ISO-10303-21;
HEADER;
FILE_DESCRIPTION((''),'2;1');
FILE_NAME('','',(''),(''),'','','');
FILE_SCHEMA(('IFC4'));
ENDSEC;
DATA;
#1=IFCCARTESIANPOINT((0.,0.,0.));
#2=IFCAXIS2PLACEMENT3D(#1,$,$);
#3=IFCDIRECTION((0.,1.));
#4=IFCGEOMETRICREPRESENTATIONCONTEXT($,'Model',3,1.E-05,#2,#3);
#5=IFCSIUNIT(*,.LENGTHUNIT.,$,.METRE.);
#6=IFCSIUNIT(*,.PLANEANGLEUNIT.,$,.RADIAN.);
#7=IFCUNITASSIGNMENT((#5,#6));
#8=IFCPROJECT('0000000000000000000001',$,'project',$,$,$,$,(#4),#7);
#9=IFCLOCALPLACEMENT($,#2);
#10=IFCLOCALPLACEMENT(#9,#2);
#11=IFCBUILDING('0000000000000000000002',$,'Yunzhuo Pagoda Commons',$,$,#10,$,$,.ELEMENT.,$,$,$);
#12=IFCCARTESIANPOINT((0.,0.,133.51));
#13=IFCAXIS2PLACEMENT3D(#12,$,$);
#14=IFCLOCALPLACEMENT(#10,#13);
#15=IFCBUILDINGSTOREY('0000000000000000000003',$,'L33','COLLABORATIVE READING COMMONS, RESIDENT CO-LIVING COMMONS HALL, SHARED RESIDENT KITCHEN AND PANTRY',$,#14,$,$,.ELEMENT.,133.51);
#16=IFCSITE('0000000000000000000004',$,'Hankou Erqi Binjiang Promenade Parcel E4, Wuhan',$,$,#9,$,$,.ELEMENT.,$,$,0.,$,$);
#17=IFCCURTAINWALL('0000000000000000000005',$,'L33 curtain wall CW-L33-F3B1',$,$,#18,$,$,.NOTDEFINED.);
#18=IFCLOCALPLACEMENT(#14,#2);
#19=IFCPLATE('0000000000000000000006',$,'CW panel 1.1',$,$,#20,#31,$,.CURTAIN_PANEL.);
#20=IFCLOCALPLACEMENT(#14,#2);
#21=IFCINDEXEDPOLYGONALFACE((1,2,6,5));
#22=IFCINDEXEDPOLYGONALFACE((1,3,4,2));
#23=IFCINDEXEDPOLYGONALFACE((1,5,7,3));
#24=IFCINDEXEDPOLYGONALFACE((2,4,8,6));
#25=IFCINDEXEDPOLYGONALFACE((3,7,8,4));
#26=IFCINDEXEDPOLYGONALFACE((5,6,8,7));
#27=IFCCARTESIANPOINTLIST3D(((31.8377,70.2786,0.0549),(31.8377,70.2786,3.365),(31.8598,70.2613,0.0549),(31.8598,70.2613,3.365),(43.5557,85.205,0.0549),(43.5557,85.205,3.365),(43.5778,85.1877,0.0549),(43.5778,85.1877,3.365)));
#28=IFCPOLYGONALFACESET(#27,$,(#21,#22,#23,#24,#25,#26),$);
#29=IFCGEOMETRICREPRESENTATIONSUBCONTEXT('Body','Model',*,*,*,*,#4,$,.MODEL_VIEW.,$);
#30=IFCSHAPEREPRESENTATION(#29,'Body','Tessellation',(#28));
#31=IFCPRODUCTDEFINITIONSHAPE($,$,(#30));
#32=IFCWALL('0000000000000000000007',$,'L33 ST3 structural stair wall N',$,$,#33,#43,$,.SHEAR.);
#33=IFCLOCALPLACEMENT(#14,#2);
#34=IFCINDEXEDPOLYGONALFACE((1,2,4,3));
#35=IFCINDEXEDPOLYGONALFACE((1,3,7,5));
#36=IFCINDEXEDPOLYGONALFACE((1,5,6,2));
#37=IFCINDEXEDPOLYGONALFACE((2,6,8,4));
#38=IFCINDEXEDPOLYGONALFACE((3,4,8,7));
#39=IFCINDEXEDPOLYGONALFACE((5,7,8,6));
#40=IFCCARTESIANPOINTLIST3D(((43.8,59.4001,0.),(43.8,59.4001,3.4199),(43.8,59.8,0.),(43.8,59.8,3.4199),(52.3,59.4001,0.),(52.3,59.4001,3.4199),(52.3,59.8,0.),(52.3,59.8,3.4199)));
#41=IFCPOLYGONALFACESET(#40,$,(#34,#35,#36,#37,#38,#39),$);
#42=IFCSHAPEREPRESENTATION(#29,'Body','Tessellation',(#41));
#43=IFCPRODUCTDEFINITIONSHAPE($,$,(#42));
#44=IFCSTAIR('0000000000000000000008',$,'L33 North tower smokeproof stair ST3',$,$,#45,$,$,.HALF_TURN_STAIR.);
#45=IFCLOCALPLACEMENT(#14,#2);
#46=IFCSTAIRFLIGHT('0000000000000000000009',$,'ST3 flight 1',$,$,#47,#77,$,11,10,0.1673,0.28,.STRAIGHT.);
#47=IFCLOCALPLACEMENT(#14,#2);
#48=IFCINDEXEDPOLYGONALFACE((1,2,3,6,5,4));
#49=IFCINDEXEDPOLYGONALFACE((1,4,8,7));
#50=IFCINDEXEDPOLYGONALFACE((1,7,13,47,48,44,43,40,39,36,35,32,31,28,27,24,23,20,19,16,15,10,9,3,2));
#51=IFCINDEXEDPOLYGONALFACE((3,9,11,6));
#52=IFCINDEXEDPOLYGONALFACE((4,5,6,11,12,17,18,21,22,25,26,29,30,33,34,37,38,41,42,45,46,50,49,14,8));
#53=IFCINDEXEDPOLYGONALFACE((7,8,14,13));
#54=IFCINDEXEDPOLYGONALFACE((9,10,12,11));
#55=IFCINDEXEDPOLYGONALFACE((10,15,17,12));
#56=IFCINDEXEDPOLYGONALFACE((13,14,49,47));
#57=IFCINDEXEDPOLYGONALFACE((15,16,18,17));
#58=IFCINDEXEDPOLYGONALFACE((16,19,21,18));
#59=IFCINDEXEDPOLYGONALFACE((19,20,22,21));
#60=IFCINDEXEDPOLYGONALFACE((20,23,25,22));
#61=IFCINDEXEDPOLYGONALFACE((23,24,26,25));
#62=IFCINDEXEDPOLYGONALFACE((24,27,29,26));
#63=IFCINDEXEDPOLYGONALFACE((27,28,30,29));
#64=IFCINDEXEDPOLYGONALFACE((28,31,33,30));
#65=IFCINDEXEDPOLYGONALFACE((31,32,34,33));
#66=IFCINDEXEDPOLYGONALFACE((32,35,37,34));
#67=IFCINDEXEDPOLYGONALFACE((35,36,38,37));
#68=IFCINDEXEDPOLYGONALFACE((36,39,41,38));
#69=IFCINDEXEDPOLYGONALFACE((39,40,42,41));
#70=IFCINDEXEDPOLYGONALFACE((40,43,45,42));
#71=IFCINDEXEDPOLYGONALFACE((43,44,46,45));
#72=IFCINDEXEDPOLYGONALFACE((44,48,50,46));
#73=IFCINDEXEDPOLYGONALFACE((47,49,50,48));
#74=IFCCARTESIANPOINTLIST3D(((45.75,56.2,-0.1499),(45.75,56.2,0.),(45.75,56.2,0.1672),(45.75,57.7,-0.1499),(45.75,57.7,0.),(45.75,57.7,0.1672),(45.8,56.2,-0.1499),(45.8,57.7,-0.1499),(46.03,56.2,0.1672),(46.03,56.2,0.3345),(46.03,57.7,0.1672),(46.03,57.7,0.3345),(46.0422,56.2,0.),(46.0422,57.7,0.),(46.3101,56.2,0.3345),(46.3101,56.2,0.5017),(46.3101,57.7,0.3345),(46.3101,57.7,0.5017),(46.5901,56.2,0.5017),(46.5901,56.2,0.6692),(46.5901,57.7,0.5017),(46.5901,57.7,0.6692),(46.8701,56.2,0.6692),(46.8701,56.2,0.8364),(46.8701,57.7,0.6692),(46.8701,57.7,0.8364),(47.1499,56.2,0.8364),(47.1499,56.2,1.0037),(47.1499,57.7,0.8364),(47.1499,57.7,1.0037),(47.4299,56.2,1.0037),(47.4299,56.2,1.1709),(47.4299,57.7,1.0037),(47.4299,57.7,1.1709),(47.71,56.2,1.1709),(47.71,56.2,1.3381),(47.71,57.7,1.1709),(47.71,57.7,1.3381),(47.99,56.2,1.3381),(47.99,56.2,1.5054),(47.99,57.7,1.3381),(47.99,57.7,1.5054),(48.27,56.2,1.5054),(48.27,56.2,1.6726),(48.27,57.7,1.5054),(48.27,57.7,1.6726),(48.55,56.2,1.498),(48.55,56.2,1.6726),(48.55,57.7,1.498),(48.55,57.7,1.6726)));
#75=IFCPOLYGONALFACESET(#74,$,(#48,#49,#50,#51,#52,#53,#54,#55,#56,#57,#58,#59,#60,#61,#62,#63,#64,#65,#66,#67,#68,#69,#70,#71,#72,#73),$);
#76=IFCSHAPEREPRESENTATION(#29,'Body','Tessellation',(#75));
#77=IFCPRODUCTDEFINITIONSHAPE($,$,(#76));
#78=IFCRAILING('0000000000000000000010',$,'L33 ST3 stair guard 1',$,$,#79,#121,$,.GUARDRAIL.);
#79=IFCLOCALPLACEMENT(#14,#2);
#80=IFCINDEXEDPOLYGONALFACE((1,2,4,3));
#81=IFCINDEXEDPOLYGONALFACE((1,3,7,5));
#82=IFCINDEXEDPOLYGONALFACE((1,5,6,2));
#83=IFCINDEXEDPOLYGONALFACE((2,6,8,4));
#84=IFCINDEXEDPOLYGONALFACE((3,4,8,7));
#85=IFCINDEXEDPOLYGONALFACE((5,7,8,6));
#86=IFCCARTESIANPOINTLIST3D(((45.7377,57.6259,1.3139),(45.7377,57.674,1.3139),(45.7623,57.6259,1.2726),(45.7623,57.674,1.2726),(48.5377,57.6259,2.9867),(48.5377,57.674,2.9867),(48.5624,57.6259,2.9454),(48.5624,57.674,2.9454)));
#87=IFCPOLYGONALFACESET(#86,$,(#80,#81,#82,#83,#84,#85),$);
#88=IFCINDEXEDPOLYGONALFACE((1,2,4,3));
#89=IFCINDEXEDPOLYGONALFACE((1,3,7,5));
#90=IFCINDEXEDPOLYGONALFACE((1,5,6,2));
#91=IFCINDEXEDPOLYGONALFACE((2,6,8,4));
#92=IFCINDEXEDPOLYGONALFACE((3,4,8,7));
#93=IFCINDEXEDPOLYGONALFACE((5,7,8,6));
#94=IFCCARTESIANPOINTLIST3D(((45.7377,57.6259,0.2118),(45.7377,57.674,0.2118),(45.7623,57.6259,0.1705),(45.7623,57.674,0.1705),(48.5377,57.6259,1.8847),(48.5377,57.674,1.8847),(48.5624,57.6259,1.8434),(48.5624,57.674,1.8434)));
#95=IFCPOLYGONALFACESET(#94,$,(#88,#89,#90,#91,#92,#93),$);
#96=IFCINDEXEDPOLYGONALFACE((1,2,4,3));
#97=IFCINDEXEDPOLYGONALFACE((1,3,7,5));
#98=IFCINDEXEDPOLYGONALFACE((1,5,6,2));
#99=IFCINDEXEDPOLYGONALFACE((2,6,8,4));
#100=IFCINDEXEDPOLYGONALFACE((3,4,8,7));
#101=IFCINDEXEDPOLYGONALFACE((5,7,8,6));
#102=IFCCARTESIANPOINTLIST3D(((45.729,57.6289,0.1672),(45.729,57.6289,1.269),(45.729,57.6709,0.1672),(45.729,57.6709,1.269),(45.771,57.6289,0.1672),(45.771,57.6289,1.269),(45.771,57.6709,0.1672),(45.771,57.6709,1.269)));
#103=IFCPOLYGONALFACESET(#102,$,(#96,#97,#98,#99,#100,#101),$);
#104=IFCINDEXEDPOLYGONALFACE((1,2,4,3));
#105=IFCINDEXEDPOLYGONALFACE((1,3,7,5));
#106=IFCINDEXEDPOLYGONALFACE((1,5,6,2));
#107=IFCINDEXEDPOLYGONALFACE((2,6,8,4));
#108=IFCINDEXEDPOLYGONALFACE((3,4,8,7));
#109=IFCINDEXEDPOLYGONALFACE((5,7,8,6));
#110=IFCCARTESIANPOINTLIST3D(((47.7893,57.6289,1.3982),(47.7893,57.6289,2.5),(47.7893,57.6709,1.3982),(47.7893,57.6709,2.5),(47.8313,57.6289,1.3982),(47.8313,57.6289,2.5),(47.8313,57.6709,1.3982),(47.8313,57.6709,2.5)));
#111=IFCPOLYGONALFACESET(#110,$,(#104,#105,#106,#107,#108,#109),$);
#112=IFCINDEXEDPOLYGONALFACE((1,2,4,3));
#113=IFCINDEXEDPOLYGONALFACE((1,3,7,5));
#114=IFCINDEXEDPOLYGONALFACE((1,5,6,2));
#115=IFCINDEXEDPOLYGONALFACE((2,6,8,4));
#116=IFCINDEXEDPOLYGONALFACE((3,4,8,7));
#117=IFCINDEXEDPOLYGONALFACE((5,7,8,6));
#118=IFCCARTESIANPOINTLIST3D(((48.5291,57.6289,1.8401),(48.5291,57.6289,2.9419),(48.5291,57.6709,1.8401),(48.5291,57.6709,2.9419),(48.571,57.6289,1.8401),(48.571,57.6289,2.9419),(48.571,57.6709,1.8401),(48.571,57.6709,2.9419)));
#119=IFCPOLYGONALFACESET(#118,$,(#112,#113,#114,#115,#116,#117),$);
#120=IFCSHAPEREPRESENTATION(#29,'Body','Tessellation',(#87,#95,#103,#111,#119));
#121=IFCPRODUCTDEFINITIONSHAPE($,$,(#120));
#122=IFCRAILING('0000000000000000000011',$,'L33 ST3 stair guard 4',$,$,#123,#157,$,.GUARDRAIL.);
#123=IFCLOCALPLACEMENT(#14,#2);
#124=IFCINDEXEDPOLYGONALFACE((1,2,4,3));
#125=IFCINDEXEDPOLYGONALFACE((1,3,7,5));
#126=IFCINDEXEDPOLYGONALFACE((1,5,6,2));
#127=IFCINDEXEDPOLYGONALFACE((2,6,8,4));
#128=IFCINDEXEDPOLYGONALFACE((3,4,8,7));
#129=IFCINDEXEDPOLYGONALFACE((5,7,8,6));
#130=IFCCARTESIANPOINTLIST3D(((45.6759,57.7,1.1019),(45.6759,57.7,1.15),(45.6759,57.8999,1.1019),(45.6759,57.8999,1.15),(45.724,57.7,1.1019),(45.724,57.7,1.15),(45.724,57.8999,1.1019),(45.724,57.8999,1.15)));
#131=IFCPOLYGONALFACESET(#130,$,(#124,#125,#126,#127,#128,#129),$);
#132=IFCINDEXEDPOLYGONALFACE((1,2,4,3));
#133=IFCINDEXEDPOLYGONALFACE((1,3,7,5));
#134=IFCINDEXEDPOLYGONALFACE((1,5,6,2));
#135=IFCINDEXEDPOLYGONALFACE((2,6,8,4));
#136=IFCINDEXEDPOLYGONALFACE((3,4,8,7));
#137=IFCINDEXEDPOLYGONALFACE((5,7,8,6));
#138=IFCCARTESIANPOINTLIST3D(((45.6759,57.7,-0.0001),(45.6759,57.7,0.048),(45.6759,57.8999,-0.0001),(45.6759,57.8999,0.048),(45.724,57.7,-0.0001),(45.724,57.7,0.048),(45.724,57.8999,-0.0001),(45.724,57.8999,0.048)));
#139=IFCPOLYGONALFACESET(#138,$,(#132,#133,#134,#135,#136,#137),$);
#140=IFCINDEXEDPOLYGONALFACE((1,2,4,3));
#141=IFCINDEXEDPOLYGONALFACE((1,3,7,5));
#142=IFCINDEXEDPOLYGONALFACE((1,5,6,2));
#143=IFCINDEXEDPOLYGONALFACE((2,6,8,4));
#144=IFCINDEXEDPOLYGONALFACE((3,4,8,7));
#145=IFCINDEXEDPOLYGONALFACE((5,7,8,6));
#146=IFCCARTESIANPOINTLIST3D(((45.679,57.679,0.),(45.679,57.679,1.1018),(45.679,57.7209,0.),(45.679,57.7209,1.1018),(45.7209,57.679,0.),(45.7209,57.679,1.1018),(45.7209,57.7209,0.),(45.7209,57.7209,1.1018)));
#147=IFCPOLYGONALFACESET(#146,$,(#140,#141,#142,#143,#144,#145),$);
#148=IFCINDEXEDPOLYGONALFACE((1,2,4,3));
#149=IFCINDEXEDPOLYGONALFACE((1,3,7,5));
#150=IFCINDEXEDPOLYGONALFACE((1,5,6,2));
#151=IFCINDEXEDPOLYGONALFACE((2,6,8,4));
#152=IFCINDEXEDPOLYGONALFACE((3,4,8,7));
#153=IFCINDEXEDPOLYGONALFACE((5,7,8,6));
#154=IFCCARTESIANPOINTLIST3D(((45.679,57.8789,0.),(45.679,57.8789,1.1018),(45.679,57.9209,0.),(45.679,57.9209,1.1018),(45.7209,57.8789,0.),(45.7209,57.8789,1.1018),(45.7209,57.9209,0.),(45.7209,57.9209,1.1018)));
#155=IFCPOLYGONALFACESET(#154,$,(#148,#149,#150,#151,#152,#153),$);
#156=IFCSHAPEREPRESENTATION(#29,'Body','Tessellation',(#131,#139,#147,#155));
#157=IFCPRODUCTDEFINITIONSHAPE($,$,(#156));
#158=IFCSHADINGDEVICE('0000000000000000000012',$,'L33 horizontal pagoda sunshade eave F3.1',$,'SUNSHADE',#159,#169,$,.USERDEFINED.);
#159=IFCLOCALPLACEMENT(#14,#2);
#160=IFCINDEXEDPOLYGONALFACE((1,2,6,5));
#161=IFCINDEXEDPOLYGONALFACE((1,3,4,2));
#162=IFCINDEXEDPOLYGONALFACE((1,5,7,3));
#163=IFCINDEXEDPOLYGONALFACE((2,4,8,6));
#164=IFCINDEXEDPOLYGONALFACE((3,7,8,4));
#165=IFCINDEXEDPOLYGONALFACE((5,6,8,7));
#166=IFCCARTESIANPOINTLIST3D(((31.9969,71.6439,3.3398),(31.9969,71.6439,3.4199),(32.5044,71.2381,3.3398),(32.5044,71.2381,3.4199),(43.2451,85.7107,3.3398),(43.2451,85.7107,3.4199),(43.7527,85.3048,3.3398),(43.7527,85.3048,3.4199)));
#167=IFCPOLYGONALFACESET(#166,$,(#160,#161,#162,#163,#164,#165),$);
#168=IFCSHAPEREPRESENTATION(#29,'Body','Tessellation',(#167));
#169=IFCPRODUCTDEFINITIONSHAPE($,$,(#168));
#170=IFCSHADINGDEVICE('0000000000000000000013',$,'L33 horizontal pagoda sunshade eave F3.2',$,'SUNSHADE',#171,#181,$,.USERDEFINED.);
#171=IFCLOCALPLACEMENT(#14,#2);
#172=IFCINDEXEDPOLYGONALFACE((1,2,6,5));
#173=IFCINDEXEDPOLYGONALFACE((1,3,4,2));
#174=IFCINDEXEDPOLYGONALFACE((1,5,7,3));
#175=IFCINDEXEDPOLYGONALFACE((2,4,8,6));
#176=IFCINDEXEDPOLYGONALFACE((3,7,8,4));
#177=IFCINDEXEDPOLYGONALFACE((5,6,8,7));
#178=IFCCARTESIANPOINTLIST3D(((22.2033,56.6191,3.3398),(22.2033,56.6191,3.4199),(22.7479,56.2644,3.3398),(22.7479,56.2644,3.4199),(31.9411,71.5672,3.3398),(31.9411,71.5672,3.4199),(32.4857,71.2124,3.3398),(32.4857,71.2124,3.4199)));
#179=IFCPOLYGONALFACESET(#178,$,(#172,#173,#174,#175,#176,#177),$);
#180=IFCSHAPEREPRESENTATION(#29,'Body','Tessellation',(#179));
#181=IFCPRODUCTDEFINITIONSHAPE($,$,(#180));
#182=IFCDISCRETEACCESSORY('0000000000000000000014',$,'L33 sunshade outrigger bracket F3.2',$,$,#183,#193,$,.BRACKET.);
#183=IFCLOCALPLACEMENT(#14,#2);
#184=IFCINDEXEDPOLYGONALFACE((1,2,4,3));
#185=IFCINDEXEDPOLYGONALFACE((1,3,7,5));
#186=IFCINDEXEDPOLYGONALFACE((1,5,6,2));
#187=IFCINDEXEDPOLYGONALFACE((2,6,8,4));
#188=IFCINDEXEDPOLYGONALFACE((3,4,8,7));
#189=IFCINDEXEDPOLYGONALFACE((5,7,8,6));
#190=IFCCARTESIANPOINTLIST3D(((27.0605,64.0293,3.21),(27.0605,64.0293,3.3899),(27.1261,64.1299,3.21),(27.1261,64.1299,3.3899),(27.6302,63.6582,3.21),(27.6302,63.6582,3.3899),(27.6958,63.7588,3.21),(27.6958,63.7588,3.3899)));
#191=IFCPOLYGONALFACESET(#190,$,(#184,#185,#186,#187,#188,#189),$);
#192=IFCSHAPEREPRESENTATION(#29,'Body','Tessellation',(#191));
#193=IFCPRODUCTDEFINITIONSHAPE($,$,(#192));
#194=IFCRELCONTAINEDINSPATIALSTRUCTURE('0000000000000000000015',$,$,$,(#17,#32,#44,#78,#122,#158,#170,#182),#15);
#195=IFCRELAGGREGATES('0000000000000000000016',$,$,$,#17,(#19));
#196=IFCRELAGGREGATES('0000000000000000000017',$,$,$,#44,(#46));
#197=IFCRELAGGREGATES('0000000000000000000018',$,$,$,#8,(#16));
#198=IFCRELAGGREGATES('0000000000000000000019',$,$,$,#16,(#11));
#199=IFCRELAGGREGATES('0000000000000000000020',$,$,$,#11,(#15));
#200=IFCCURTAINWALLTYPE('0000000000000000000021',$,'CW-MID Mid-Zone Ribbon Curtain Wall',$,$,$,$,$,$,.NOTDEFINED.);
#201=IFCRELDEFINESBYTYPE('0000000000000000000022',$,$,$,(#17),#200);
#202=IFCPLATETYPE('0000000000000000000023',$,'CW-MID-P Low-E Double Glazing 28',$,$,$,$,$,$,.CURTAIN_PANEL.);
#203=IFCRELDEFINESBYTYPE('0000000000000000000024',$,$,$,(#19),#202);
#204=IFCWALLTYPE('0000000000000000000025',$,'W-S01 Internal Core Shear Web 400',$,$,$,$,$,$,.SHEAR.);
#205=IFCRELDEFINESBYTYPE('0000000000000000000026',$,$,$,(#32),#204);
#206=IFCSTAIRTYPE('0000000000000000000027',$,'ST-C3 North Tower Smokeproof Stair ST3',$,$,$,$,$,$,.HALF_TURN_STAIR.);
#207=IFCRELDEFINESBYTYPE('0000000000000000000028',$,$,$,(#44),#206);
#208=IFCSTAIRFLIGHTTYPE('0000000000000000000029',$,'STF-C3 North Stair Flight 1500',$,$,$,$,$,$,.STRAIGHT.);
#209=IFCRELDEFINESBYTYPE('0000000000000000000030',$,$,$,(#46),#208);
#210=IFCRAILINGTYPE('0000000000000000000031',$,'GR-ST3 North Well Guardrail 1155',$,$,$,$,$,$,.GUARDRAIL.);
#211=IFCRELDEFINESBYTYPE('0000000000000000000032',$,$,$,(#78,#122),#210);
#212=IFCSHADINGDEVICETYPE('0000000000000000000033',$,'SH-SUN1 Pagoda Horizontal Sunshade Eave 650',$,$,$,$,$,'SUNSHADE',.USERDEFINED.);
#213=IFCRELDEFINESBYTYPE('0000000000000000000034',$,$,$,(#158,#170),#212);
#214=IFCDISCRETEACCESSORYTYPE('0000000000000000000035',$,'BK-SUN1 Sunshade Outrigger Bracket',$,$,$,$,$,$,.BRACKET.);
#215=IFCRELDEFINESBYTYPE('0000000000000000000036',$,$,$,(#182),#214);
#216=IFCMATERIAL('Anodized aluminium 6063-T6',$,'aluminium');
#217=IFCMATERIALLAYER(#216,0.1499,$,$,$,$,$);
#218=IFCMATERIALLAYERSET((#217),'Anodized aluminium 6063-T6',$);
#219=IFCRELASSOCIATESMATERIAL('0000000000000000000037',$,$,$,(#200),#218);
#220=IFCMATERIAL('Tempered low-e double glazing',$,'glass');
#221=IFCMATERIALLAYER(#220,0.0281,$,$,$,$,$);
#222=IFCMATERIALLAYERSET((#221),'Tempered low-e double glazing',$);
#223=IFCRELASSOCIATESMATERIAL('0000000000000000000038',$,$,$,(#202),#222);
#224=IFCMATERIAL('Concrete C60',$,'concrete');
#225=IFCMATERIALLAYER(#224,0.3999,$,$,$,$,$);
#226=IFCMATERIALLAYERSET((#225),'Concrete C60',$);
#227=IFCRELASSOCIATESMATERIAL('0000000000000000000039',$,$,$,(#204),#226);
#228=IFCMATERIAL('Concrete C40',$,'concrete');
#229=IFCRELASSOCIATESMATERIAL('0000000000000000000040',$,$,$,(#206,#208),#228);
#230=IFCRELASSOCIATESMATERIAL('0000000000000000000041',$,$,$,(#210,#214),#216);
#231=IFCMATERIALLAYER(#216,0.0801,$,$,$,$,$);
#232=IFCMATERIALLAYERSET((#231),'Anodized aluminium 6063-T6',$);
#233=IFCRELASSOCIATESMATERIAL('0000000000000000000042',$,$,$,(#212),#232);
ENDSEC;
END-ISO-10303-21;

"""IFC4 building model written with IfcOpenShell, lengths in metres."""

from ifc_helpers import new_model, si_unit, direction, frame, frame_2d, origin, origin_2d, place, context, subcontext, project, spatial, polyline, rectangle, outline, extrude, source, transform, mapped, material, layer, layer_set, type_object, element, aggregate, save


model = new_model("IFC4")

# Units and contexts
model_context = context("Model", 3, precision=1e-05, world=origin(), true_north=direction((0.0, 1.0)))
body_context = subcontext(model_context, "Body", "Model", "MODEL_VIEW")
ifc_project = project(units=[si_unit("LENGTHUNIT", "METRE"), si_unit("PLANEANGLEUNIT", "RADIAN")], contexts=[model_context])

# Site, building, storey
site_placement = place(None, origin())
site = spatial("IfcSite", under=ifc_project, at=site_placement, Name="Hankou Erqi Binjiang Promenade Parcel E4, Wuhan", CompositionType="ELEMENT", RefElevation=0.0)
building_placement = place(site_placement, origin())
building = spatial("IfcBuilding", under=site, at=building_placement, Name="Yunzhuo Pagoda Commons", CompositionType="ELEMENT")
storey_placement = place(building_placement, frame((0.0, 0.0, 133.51)))
storey = spatial("IfcBuildingStorey", under=building, at=storey_placement, Name="L33", Description="COLLABORATIVE READING COMMONS, RESIDENT CO-LIVING COMMONS HALL, SHARED RESIDENT KITCHEN AND PANTRY", CompositionType="ELEMENT", Elevation=133.51)

# Curtain wall
ifc_material_1 = material(Name="Anodized aluminium 6063-T6", Category="aluminium")
ifc_layer_1 = layer(ifc_material_1, 0.1499)
ifc_layer_set_1 = layer_set([ifc_layer_1], Name="Anodized aluminium 6063-T6")
curtain_wall_type = type_object("IfcCurtainWallType", Name="CW-MID Mid-Zone Ribbon Curtain Wall", PredefinedType="NOTDEFINED", material=ifc_layer_set_1)
curtain_wall_1_placement = place(storey_placement, origin())
curtain_wall_1 = element("IfcCurtainWall", 1, at=curtain_wall_1_placement, inside=storey, type_object=curtain_wall_type, Name="L33 curtain wall CW-L33-F3B1", PredefinedType="NOTDEFINED")

# Plate
ifc_material_2 = material(Name="Tempered low-e double glazing", Category="glass")
ifc_layer_2 = layer(ifc_material_2, 0.0281)
ifc_layer_set_2 = layer_set([ifc_layer_2], Name="Tempered low-e double glazing")
plate_type_1 = type_object("IfcPlateType", Name="CW-MID-P Low-E Double Glazing 28", PredefinedType="CURTAIN_PANEL", material=ifc_layer_set_2)
shared_shape_1 = source(origin(), body_context, "Body", "SweptSolid", [
    extrude(rectangle(XDim=18.9766, YDim=0.0281, at=origin_2d()), origin(), (0.0, 0.0, 1.0), 3.3101),
])
plate_1_placement = place(storey_placement, frame((37.7078, 77.7332, 0.0549), z_axis=(0.0, 0.0, 1.0), x_axis=(-0.617499, -0.786572, 0.0)))
plate_1 = element("IfcPlate", 2, at=plate_1_placement, type_object=plate_type_1, Name="CW panel 1.1", PredefinedType="CURTAIN_PANEL", context=body_context, shape_type="MappedRepresentation", body=[
    mapped(shared_shape_1, transform((0.0, 0.0, 0.0), scale=1.0)),
])
aggregate(curtain_wall_1, [plate_1])

# Wall
ifc_material_3 = material(Name="Concrete C60", Category="concrete")
ifc_layer_3 = layer(ifc_material_3, 0.3999)
ifc_layer_set_3 = layer_set([ifc_layer_3], Name="Concrete C60")
wall_type = type_object("IfcWallType", Name="W-S01 Internal Core Shear Web 400", PredefinedType="SHEAR", material=ifc_layer_set_3)
wall_placement = place(storey_placement, frame((43.8, 59.6001, 0.0), z_axis=(0.0, 0.0, 1.0), x_axis=(1.0, 0.0, 0.0)))
element("IfcWall", 3, at=wall_placement, inside=storey, type_object=wall_type, Name="L33 ST3 structural stair wall N", PredefinedType="SHEAR", context=body_context, shape_type="SweptSolid", body=[
    extrude(rectangle(XDim=8.5, YDim=0.3999, at=frame_2d((4.25, 0.0))), origin(), (0.0, 0.0, 1.0), 3.4199),
])

# Stair, stair flight
ifc_material_4 = material(Name="Concrete C40", Category="concrete")
stair_type = type_object("IfcStairType", Name="ST-C3 North Tower Smokeproof Stair ST3", PredefinedType="HALF_TURN_STAIR", material=ifc_material_4)
stair_placement = place(storey_placement, origin())
stair = element("IfcStair", 4, at=stair_placement, inside=storey, type_object=stair_type, Name="L33 North tower smokeproof stair ST3", PredefinedType="HALF_TURN_STAIR")
stair_flight_type = type_object("IfcStairFlightType", Name="STF-C3 North Stair Flight 1500", PredefinedType="STRAIGHT", material=ifc_material_4)
shared_shape_2 = source(origin(), body_context, "Body", "SweptSolid", [
    extrude(outline(polyline([(0.0, -0.1499), (0.0, 0.0), (0.0, 0.1672), (0.28, 0.1672), (0.28, 0.3345), (0.5601, 0.3345), (0.5601, 0.5017), (0.8401, 0.5017), (0.8401, 0.6692), (1.1201, 0.6692), (1.1201, 0.8364), (1.3999, 0.8364), (1.3999, 1.0037), (1.6799, 1.0037), (1.6799, 1.1709), (1.96, 1.1709), (1.96, 1.3381), (2.24, 1.3381), (2.24, 1.5054), (2.52, 1.5054), (2.52, 1.6726), (2.8, 1.6726), (2.8, 1.8401), (2.8, 1.498), (0.2922, 0.0), (0.05, -0.1499), (0.0, -0.1499)])), frame((0.0, 0.75, 0.0), z_axis=(0.0, -1.0, 0.0), x_axis=(1.0, 0.0, 0.0)), (0.0, 0.0, 1.0), 1.5),
])
stair_flight_placement = place(storey_placement, frame((45.75, 56.95, 0.0), z_axis=(0.0, 0.0, 1.0), x_axis=(1.0, 0.0, 0.0)))
stair_flight = element("IfcStairFlight", 5, at=stair_flight_placement, type_object=stair_flight_type, Name="ST3 flight 1", NumberOfRisers=11, NumberOfTreads=10, PredefinedType="STRAIGHT", RiserHeight=0.1673, TreadLength=0.28, context=body_context, shape_type="MappedRepresentation", body=[
    mapped(shared_shape_2, transform((0.0, 0.0, 0.0), scale=1.0)),
])
aggregate(stair, [stair_flight])

# Railings
railing_type = type_object("IfcRailingType", Name="GR-ST3 North Well Guardrail 1155", PredefinedType="GUARDRAIL", material=ifc_material_1)
railing_1_placement = place(storey_placement, frame((45.75, 57.6499, 0.1672)))
element("IfcRailing", 6, at=railing_1_placement, inside=storey, type_object=railing_type, Name="L33 ST3 stair guard 1", PredefinedType="GUARDRAIL", context=body_context, shape_type="SweptSolid", body=[
    extrude(rectangle(XDim=0.0481, YDim=0.0481, at=origin_2d()), frame((0.0, 0.0, 1.126), z_axis=(0.858462, 0.0, 0.512877), x_axis=(0.0, 1.0, 0.0)), (0.0, 0.0, 1.0), 3.2617),
    extrude(rectangle(XDim=0.0481, YDim=0.0481, at=origin_2d()), frame((0.0, 0.0, 0.0239), z_axis=(0.858462, 0.0, 0.512877), x_axis=(0.0, 1.0, 0.0)), (0.0, 0.0, 1.0), 3.2617),
    extrude(rectangle(XDim=0.042, YDim=0.042, at=origin_2d()), origin(), (0.0, 0.0, 1.0), 1.1018),
    extrude(rectangle(XDim=0.042, YDim=0.042, at=origin_2d()), frame((2.0603, 0.0, 1.231)), (0.0, 0.0, 1.0), 1.1018),
    extrude(rectangle(XDim=0.042, YDim=0.042, at=origin_2d()), frame((2.8, 0.0, 1.6729)), (0.0, 0.0, 1.0), 1.1018),
])
railing_2_placement = place(storey_placement, frame((45.7, 57.7, 0.0)))
element("IfcRailing", 7, at=railing_2_placement, inside=storey, type_object=railing_type, Name="L33 ST3 stair guard 4", PredefinedType="GUARDRAIL", context=body_context, shape_type="SweptSolid", body=[
    extrude(rectangle(XDim=0.0481, YDim=0.0481, at=origin_2d()), frame((0.0, 0.0, 1.126), z_axis=(0.0, 1.0, 0.0), x_axis=(-1.0, 0.0, 0.0)), (0.0, 0.0, 1.0), 0.2),
    extrude(rectangle(XDim=0.0481, YDim=0.0481, at=origin_2d()), frame((0.0, 0.0, 0.0239), z_axis=(0.0, 1.0, 0.0), x_axis=(-1.0, 0.0, 0.0)), (0.0, 0.0, 1.0), 0.2),
    extrude(rectangle(XDim=0.042, YDim=0.042, at=origin_2d()), origin(), (0.0, 0.0, 1.0), 1.1018),
    extrude(rectangle(XDim=0.042, YDim=0.042, at=origin_2d()), frame((0.0, 0.2, 0.0)), (0.0, 0.0, 1.0), 1.1018),
])

# Shading devices
ifc_layer_4 = layer(ifc_material_1, 0.0801)
ifc_layer_set_4 = layer_set([ifc_layer_4], Name="Anodized aluminium 6063-T6")
shading_device_type = type_object("IfcShadingDeviceType", Name="SH-SUN1 Pagoda Horizontal Sunshade Eave 650", ElementType="SUNSHADE", PredefinedType="USERDEFINED", material=ifc_layer_set_4)
shared_shape_3 = source(origin(), body_context, "Body", "SweptSolid", [
    extrude(rectangle(XDim=18.011, YDim=0.6499, at=origin_2d()), origin(), (0.0, 0.0, 1.0), 0.0801),
])
shading_device_1_placement = place(storey_placement, frame((37.8748, 78.4744, 3.3398), z_axis=(0.0, 0.0, 1.0), x_axis=(-0.62452, -0.781008, 0.0)))
element("IfcShadingDevice", 8, at=shading_device_1_placement, inside=storey, type_object=shading_device_type, Name="L33 horizontal pagoda sunshade eave F3.1", ObjectType="SUNSHADE", PredefinedType="USERDEFINED", context=body_context, shape_type="MappedRepresentation", body=[
    mapped(shared_shape_3, transform((0.0, 0.0, 0.0), scale=1.0)),
])
shared_shape_4 = source(origin(), body_context, "Body", "SweptSolid", [
    extrude(rectangle(XDim=17.8401, YDim=0.6499, at=origin_2d()), origin(), (0.0, 0.0, 1.0), 0.0801),
])
shading_device_2_placement = place(storey_placement, frame((27.3445, 63.9158, 3.3398), z_axis=(0.0, 0.0, 1.0), x_axis=(-0.545839, -0.83789, 0.0)))
element("IfcShadingDevice", 9, at=shading_device_2_placement, inside=storey, type_object=shading_device_type, Name="L33 horizontal pagoda sunshade eave F3.2", ObjectType="SUNSHADE", PredefinedType="USERDEFINED", context=body_context, shape_type="MappedRepresentation", body=[
    mapped(shared_shape_4, transform((0.0, 0.0, 0.0), scale=1.0)),
])

# Discrete accessory
discrete_accessory_type = type_object("IfcDiscreteAccessoryType", Name="BK-SUN1 Sunshade Outrigger Bracket", PredefinedType="BRACKET", material=ifc_material_1)
shared_shape_5 = source(origin(), body_context, "Body", "SweptSolid", [
    extrude(rectangle(XDim=0.1201, YDim=0.6799, at=origin_2d()), origin(), (0.0, 0.0, 1.0), 0.1799),
])
discrete_accessory_placement = place(storey_placement, frame((27.3782, 63.894, 3.21), z_axis=(0.0, 0.0, 1.0), x_axis=(-0.545839, -0.83789, 0.0)))
element("IfcDiscreteAccessory", 10, at=discrete_accessory_placement, inside=storey, type_object=discrete_accessory_type, Name="L33 sunshade outrigger bracket F3.2", PredefinedType="BRACKET", context=body_context, shape_type="MappedRepresentation", body=[
    mapped(shared_shape_5, transform((0.0, 0.0, 0.0), scale=1.0)),
])

save(model, "model.ifc")
